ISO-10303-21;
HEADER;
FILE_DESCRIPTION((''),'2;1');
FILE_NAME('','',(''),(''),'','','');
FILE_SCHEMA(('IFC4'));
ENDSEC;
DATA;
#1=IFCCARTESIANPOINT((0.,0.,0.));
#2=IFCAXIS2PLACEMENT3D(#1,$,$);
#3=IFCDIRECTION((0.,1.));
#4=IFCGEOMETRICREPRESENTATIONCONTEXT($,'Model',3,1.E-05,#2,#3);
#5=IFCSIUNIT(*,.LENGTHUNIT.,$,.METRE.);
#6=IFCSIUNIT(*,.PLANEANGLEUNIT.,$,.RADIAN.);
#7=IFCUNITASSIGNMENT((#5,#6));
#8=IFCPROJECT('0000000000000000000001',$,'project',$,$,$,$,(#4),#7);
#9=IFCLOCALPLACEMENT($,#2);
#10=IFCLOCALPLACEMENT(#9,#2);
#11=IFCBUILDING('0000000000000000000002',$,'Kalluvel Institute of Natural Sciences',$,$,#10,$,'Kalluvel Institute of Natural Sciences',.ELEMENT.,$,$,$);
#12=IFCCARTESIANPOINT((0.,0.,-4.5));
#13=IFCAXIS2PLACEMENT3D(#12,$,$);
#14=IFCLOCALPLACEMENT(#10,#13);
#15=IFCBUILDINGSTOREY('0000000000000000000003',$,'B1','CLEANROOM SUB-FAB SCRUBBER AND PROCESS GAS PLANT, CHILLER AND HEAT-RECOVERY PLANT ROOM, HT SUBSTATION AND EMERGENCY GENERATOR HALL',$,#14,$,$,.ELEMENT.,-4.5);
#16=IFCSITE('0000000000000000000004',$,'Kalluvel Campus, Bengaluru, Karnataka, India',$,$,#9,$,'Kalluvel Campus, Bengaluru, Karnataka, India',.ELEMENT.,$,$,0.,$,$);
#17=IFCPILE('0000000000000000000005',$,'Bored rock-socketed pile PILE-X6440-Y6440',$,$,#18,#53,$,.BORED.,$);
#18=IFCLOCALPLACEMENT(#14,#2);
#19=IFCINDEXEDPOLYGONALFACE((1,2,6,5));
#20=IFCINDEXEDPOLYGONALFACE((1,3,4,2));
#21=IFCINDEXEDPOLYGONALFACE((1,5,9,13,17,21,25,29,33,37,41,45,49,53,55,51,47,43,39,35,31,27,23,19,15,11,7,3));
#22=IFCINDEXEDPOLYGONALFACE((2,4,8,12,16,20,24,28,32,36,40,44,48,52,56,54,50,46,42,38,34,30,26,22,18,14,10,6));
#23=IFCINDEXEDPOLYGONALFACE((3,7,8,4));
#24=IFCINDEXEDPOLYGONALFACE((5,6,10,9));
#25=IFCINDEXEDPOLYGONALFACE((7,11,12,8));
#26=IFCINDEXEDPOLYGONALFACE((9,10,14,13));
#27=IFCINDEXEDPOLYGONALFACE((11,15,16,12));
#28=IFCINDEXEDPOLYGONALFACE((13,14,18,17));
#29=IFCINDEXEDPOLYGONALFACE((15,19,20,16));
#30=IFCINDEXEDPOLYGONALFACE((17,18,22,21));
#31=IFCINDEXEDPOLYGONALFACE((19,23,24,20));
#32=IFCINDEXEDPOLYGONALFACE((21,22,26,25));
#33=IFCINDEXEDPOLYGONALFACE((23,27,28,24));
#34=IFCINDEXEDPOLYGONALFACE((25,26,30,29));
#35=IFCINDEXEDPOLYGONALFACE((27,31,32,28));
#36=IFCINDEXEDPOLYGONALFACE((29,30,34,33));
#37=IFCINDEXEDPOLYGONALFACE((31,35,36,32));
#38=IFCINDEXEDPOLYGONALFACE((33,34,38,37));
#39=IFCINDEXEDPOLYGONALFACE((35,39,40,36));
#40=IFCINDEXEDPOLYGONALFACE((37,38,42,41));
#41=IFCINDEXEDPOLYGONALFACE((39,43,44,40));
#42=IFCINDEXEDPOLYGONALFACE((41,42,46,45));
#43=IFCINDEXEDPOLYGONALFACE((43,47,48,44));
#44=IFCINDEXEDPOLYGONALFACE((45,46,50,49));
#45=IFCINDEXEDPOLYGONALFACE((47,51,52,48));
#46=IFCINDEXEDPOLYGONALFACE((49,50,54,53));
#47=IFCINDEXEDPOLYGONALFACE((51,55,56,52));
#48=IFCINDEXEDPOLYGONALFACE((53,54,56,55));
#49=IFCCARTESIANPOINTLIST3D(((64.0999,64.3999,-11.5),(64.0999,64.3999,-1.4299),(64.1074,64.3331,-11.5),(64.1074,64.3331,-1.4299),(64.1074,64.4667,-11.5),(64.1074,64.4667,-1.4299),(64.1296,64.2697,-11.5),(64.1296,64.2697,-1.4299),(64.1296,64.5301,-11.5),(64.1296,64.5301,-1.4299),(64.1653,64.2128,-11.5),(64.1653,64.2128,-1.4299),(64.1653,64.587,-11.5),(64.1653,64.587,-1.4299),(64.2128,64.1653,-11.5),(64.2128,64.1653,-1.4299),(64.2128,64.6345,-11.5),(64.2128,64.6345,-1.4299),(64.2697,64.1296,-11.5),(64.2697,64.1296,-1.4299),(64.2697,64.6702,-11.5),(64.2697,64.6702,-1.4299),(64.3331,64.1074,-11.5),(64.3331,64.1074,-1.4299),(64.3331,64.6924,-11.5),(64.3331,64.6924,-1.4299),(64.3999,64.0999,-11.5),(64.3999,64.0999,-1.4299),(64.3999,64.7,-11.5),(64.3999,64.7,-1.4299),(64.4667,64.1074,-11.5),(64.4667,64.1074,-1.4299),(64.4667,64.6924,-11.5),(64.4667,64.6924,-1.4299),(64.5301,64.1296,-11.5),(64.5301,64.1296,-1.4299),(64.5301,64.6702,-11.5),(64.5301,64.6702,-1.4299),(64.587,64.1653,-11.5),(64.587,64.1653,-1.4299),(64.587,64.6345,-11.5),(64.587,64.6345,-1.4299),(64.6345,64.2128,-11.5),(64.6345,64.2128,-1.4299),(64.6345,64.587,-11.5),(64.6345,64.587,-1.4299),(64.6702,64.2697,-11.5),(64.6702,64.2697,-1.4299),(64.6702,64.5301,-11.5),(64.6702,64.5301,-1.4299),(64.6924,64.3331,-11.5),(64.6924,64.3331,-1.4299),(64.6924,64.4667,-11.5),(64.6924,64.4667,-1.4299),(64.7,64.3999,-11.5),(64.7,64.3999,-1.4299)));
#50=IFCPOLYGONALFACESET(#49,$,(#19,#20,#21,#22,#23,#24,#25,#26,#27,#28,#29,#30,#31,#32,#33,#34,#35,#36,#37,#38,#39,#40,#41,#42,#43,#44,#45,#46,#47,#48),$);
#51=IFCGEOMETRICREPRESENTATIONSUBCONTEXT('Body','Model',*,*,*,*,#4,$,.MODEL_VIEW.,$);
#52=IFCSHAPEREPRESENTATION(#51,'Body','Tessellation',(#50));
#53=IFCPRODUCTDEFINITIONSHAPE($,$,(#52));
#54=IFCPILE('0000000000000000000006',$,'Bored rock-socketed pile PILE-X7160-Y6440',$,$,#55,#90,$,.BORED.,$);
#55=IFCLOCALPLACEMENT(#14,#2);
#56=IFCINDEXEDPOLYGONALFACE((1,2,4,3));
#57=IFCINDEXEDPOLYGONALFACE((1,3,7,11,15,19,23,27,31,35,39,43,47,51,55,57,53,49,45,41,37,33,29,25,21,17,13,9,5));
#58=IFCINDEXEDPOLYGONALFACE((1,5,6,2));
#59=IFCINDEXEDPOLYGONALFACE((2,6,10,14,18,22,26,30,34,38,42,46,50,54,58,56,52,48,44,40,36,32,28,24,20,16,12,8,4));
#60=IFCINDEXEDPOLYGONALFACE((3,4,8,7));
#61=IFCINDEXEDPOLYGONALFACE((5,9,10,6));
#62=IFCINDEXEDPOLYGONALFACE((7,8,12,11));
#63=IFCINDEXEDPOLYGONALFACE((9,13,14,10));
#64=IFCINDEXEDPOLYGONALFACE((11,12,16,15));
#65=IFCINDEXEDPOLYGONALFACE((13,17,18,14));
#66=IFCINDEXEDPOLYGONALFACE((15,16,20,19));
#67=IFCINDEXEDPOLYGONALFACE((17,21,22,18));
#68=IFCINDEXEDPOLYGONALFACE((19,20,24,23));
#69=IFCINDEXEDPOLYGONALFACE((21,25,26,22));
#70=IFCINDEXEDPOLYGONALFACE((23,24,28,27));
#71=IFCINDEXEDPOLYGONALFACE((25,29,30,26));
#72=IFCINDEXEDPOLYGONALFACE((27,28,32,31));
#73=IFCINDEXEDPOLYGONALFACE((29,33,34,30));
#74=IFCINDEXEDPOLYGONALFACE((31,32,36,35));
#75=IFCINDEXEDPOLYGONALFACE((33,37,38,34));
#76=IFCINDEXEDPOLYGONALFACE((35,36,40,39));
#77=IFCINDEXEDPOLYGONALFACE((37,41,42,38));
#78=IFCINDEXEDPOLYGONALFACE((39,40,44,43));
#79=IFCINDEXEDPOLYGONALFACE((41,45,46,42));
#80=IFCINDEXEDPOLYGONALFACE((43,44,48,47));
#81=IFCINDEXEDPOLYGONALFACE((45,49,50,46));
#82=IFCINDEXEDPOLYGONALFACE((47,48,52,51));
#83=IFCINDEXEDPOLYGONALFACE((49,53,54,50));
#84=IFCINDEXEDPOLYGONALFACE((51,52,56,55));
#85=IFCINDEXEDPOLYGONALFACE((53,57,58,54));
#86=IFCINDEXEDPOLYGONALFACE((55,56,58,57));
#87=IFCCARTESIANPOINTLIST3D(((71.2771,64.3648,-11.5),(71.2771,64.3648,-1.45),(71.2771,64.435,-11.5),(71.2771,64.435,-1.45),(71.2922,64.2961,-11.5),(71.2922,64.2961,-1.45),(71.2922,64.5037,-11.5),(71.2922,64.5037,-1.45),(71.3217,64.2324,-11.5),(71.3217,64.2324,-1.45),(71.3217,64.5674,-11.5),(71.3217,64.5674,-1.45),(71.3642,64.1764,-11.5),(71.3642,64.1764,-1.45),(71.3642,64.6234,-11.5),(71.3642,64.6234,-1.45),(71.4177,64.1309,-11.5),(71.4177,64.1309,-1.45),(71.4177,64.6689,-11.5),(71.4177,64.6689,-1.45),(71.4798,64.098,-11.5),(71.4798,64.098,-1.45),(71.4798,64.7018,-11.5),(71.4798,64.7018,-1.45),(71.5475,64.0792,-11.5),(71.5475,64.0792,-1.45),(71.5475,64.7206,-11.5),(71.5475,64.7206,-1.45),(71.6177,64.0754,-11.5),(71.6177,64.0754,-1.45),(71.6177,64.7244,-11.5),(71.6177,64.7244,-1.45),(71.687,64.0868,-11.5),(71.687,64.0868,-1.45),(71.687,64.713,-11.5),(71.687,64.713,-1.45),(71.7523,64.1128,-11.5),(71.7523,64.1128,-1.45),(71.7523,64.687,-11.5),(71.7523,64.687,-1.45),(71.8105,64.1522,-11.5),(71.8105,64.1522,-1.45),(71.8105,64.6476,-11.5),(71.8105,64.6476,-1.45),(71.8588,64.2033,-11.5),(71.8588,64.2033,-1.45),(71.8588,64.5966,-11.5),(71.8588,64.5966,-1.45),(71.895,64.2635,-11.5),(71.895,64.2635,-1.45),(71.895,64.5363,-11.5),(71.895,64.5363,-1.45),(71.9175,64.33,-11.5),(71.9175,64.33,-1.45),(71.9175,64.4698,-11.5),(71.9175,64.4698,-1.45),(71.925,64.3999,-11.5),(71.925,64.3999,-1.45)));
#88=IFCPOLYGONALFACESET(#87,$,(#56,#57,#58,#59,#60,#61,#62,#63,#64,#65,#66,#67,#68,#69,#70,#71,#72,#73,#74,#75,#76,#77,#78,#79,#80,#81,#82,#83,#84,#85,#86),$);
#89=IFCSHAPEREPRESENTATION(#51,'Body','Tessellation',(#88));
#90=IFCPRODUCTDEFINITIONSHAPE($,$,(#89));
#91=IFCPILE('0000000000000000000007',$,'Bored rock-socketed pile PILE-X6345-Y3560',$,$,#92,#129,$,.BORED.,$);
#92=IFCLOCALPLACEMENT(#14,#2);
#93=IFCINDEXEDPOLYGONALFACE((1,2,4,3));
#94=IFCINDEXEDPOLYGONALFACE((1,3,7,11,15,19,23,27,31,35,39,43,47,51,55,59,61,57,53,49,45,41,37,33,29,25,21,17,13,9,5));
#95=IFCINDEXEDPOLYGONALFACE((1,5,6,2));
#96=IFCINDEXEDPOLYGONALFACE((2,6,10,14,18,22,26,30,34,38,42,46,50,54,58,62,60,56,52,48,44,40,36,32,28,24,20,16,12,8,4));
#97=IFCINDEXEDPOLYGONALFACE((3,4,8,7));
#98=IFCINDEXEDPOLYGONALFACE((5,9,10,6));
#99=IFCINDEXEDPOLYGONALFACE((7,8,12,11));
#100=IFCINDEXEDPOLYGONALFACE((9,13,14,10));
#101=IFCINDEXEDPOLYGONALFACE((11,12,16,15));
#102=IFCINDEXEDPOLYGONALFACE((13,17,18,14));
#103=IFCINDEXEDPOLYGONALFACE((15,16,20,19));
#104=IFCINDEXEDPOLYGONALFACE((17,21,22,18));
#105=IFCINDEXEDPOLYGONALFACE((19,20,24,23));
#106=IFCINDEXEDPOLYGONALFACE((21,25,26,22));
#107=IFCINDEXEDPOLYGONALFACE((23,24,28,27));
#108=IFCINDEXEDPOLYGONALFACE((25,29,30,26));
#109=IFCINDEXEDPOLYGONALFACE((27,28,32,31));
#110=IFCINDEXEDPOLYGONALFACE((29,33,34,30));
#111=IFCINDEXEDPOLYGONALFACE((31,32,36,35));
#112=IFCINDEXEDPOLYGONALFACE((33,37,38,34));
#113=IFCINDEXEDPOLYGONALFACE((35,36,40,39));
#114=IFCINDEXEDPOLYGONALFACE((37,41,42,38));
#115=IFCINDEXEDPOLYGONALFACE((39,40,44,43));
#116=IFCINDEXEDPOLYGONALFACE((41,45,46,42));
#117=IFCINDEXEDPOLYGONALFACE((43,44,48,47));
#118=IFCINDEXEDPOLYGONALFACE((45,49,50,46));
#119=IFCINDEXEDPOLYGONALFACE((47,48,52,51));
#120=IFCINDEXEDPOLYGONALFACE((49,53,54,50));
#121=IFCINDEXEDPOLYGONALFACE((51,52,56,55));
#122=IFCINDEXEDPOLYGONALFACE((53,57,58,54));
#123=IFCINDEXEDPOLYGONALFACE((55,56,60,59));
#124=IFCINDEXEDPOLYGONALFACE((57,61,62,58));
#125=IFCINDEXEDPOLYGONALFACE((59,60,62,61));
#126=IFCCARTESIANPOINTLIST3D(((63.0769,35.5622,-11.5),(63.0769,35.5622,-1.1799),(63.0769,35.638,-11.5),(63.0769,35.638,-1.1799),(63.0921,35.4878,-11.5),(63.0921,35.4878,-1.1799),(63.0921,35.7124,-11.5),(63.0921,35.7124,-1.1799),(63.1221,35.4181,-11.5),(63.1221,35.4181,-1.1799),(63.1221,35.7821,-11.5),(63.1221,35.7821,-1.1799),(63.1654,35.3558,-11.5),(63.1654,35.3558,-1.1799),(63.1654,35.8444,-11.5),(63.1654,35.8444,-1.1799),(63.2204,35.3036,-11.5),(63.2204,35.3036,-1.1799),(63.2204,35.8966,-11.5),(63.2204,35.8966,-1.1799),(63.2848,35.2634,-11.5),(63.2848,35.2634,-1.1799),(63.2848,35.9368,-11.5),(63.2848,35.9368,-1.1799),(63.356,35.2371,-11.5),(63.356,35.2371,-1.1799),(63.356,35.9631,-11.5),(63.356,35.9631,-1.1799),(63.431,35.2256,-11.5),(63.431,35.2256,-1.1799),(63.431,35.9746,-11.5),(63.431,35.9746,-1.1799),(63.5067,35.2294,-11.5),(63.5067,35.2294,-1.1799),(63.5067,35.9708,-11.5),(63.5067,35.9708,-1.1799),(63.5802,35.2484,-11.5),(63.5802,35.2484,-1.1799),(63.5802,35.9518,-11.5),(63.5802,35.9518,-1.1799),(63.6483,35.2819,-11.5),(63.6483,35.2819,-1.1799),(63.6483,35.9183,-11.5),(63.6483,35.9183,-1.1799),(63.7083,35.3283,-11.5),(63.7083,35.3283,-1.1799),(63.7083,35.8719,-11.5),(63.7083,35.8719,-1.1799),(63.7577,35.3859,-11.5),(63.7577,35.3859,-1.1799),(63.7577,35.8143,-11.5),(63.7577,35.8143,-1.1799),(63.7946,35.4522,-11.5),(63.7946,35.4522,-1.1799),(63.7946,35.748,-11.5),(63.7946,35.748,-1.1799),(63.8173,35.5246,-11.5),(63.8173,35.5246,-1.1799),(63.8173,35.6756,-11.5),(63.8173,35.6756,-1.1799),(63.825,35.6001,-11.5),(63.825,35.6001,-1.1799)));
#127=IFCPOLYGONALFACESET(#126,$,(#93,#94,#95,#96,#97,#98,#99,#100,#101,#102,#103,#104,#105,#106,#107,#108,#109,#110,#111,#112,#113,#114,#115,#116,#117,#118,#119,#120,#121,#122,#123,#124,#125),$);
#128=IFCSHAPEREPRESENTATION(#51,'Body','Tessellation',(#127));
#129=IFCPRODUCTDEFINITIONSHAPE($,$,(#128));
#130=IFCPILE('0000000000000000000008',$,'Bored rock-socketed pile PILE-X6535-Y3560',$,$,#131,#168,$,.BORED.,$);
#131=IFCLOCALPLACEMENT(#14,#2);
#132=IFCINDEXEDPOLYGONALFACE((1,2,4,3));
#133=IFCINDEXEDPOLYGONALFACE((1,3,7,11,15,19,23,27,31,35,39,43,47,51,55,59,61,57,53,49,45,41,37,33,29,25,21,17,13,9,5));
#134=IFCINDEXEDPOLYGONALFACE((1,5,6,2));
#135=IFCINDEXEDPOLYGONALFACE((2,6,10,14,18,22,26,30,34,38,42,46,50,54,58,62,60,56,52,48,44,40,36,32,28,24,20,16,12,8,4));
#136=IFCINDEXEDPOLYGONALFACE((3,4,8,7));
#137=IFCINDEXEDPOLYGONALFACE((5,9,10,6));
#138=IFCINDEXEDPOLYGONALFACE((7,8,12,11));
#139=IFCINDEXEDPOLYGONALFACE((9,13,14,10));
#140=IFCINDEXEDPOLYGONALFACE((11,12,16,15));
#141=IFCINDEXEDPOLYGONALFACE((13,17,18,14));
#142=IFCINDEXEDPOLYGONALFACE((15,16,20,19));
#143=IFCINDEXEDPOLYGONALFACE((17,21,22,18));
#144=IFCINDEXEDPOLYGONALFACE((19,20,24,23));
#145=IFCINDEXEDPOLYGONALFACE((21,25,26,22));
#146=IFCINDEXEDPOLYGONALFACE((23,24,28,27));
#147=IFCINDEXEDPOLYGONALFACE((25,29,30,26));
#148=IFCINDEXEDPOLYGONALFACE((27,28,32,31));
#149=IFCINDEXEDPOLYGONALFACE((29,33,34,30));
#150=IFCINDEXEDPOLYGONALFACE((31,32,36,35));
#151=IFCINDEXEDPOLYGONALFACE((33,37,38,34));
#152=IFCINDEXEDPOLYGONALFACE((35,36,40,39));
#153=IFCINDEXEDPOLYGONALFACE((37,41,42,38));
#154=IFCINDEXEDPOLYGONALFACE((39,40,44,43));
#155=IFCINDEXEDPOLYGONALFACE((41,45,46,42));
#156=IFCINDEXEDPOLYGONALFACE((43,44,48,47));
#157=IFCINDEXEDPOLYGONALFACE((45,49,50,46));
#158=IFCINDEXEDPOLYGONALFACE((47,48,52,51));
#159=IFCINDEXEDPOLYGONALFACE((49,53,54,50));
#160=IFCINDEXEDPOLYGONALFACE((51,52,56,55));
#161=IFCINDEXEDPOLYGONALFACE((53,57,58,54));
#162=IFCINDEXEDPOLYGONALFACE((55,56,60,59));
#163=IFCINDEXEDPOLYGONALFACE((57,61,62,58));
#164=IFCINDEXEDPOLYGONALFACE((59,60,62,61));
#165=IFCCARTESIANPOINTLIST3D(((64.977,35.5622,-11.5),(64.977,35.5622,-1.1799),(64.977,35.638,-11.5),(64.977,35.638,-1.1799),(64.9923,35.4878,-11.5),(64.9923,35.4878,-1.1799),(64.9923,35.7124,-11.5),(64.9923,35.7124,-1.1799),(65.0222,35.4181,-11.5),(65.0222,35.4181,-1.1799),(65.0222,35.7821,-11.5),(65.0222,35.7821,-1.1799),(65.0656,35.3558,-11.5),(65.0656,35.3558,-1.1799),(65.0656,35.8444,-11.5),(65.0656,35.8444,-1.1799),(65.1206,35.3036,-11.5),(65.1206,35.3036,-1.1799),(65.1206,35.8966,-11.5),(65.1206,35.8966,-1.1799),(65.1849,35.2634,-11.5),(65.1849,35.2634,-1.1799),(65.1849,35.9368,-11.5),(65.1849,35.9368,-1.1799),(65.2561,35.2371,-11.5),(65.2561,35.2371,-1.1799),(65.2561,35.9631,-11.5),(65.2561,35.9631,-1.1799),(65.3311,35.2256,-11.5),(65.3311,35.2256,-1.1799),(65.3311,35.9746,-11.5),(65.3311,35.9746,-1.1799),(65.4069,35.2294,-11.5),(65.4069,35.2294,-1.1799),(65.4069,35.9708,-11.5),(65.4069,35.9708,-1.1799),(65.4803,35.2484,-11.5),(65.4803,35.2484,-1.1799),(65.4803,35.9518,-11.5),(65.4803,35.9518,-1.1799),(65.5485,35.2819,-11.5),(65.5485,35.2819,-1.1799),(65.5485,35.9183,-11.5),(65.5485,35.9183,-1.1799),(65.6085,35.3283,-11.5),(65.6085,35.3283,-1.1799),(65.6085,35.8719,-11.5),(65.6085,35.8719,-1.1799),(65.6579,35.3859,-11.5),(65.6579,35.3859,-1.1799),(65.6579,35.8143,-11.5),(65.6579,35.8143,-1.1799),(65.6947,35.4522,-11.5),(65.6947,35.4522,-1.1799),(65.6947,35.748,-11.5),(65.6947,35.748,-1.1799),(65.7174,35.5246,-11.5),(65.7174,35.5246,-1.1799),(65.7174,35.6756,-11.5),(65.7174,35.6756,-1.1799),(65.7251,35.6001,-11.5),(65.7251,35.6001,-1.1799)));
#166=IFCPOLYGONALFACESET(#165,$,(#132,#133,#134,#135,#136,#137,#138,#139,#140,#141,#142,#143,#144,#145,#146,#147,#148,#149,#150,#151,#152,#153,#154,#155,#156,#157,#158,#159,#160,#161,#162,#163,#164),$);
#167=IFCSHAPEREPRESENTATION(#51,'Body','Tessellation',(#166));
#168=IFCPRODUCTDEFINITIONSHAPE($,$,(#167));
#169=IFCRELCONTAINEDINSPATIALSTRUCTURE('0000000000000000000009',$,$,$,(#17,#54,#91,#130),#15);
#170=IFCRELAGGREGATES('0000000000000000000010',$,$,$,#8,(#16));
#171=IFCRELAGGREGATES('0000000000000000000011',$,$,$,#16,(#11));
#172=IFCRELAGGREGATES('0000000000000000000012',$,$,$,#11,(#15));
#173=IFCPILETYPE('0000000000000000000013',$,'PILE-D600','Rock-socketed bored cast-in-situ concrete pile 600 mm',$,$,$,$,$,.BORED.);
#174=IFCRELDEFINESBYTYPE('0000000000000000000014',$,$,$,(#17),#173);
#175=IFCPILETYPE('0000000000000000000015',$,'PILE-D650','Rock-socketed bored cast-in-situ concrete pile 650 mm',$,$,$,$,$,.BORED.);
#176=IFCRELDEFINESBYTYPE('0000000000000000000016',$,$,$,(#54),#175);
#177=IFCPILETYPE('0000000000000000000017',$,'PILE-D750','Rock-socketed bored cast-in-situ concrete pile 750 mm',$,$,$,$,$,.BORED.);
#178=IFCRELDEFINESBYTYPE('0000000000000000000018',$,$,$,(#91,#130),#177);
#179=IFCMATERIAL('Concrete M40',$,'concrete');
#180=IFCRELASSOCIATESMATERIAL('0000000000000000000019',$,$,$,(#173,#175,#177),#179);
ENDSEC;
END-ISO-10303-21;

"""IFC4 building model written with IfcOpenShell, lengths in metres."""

from ifc_helpers import new_model, si_unit, direction, frame, origin, origin_2d, place, context, subcontext, project, spatial, circle, extrude, material, material_profile, profile_set, type_object, element, save


model = new_model("IFC4")

# Units and contexts
model_context = context("Model", 3, precision=1e-05, world=origin(), true_north=direction((0.0, 1.0)))
body_context = subcontext(model_context, "Body", "Model", "MODEL_VIEW")
ifc_project = project(units=[si_unit("LENGTHUNIT", "METRE"), si_unit("PLANEANGLEUNIT", "RADIAN")], contexts=[model_context])

# Site, building, storey
site_placement = place(None, origin())
site = spatial("IfcSite", under=ifc_project, at=site_placement, Name="Kalluvel Campus, Bengaluru, Karnataka, India", LongName="Kalluvel Campus, Bengaluru, Karnataka, India", CompositionType="ELEMENT", RefElevation=0.0)
building_placement = place(site_placement, origin())
building = spatial("IfcBuilding", under=site, at=building_placement, Name="Kalluvel Institute of Natural Sciences", LongName="Kalluvel Institute of Natural Sciences", CompositionType="ELEMENT")
storey_placement = place(building_placement, frame((0.0, 0.0, -4.5)))
storey = spatial("IfcBuildingStorey", under=building, at=storey_placement, Name="B1", Description="CLEANROOM SUB-FAB SCRUBBER AND PROCESS GAS PLANT, CHILLER AND HEAT-RECOVERY PLANT ROOM, HT SUBSTATION AND EMERGENCY GENERATOR HALL", CompositionType="ELEMENT", Elevation=-4.5)

# Shared definitions
ifc_material_1 = material(Name="Concrete M40", Category="concrete")

# Piles
ifc_material_profile_1 = material_profile(ifc_material_1, circle(Radius=0.3, at=origin_2d()), Name="PILE D600")
ifc_profile_set_1 = profile_set([ifc_material_profile_1], Name="Concrete M40")
pile_type_1 = type_object("IfcPileType", Name="PILE-D600", Description="Rock-socketed bored cast-in-situ concrete pile 600 mm", PredefinedType="BORED", material=ifc_profile_set_1)
pile_1_placement = place(storey_placement, frame((64.3999, 64.3999, -1.4299), z_axis=(0.0, 0.0, -1.0), x_axis=(1.0, 0.0, 0.0)))
element("IfcPile", 1, at=pile_1_placement, inside=storey, type_object=pile_type_1, Name="Bored rock-socketed pile PILE-X6440-Y6440", PredefinedType="BORED", context=body_context, shape_type="SweptSolid", body=[
    extrude(circle(Radius=0.3, at=origin_2d()), origin(), (0.0, 0.0, 1.0), 10.0701),
])
ifc_material_profile_2 = material_profile(ifc_material_1, circle(Radius=0.325, at=origin_2d()), Name="PILE D650")
ifc_profile_set_2 = profile_set([ifc_material_profile_2], Name="Concrete M40")
pile_type_2 = type_object("IfcPileType", Name="PILE-D650", Description="Rock-socketed bored cast-in-situ concrete pile 650 mm", PredefinedType="BORED", material=ifc_profile_set_2)
pile_2_placement = place(storey_placement, frame((71.6001, 64.3999, -1.45), z_axis=(0.0, 0.0, -1.0), x_axis=(1.0, 0.0, 0.0)))
element("IfcPile", 2, at=pile_2_placement, inside=storey, type_object=pile_type_2, Name="Bored rock-socketed pile PILE-X7160-Y6440", PredefinedType="BORED", context=body_context, shape_type="SweptSolid", body=[
    extrude(circle(Radius=0.325, at=origin_2d()), origin(), (0.0, 0.0, 1.0), 10.05),
])
ifc_material_profile_3 = material_profile(ifc_material_1, circle(Radius=0.375, at=origin_2d()), Name="PILE D750")
ifc_profile_set_3 = profile_set([ifc_material_profile_3], Name="Concrete M40")
pile_type_3 = type_object("IfcPileType", Name="PILE-D750", Description="Rock-socketed bored cast-in-situ concrete pile 750 mm", PredefinedType="BORED", material=ifc_profile_set_3)
for number, where, z_axis, x_axis, name in (
    (3, (63.45, 35.6001, -1.1799), (0.0, 0.0, -1.0), (1.0, 0.0, 0.0), "Bored rock-socketed pile PILE-X6345-Y3560"),
    (4, (65.3501, 35.6001, -1.1799), (0.0, 0.0, -1.0), (1.0, 0.0, 0.0), "Bored rock-socketed pile PILE-X6535-Y3560"),
):
    element("IfcPile", number, at=place(storey_placement, frame(where, z_axis=z_axis, x_axis=x_axis)), inside=storey, type_object=pile_type_3, Name=name, PredefinedType="BORED", context=body_context, shape_type="SweptSolid", body=[
        extrude(circle(Radius=0.375, at=origin_2d()), origin(), (0.0, 0.0, 1.0), 10.3201),
    ])

save(model, "model.ifc")
